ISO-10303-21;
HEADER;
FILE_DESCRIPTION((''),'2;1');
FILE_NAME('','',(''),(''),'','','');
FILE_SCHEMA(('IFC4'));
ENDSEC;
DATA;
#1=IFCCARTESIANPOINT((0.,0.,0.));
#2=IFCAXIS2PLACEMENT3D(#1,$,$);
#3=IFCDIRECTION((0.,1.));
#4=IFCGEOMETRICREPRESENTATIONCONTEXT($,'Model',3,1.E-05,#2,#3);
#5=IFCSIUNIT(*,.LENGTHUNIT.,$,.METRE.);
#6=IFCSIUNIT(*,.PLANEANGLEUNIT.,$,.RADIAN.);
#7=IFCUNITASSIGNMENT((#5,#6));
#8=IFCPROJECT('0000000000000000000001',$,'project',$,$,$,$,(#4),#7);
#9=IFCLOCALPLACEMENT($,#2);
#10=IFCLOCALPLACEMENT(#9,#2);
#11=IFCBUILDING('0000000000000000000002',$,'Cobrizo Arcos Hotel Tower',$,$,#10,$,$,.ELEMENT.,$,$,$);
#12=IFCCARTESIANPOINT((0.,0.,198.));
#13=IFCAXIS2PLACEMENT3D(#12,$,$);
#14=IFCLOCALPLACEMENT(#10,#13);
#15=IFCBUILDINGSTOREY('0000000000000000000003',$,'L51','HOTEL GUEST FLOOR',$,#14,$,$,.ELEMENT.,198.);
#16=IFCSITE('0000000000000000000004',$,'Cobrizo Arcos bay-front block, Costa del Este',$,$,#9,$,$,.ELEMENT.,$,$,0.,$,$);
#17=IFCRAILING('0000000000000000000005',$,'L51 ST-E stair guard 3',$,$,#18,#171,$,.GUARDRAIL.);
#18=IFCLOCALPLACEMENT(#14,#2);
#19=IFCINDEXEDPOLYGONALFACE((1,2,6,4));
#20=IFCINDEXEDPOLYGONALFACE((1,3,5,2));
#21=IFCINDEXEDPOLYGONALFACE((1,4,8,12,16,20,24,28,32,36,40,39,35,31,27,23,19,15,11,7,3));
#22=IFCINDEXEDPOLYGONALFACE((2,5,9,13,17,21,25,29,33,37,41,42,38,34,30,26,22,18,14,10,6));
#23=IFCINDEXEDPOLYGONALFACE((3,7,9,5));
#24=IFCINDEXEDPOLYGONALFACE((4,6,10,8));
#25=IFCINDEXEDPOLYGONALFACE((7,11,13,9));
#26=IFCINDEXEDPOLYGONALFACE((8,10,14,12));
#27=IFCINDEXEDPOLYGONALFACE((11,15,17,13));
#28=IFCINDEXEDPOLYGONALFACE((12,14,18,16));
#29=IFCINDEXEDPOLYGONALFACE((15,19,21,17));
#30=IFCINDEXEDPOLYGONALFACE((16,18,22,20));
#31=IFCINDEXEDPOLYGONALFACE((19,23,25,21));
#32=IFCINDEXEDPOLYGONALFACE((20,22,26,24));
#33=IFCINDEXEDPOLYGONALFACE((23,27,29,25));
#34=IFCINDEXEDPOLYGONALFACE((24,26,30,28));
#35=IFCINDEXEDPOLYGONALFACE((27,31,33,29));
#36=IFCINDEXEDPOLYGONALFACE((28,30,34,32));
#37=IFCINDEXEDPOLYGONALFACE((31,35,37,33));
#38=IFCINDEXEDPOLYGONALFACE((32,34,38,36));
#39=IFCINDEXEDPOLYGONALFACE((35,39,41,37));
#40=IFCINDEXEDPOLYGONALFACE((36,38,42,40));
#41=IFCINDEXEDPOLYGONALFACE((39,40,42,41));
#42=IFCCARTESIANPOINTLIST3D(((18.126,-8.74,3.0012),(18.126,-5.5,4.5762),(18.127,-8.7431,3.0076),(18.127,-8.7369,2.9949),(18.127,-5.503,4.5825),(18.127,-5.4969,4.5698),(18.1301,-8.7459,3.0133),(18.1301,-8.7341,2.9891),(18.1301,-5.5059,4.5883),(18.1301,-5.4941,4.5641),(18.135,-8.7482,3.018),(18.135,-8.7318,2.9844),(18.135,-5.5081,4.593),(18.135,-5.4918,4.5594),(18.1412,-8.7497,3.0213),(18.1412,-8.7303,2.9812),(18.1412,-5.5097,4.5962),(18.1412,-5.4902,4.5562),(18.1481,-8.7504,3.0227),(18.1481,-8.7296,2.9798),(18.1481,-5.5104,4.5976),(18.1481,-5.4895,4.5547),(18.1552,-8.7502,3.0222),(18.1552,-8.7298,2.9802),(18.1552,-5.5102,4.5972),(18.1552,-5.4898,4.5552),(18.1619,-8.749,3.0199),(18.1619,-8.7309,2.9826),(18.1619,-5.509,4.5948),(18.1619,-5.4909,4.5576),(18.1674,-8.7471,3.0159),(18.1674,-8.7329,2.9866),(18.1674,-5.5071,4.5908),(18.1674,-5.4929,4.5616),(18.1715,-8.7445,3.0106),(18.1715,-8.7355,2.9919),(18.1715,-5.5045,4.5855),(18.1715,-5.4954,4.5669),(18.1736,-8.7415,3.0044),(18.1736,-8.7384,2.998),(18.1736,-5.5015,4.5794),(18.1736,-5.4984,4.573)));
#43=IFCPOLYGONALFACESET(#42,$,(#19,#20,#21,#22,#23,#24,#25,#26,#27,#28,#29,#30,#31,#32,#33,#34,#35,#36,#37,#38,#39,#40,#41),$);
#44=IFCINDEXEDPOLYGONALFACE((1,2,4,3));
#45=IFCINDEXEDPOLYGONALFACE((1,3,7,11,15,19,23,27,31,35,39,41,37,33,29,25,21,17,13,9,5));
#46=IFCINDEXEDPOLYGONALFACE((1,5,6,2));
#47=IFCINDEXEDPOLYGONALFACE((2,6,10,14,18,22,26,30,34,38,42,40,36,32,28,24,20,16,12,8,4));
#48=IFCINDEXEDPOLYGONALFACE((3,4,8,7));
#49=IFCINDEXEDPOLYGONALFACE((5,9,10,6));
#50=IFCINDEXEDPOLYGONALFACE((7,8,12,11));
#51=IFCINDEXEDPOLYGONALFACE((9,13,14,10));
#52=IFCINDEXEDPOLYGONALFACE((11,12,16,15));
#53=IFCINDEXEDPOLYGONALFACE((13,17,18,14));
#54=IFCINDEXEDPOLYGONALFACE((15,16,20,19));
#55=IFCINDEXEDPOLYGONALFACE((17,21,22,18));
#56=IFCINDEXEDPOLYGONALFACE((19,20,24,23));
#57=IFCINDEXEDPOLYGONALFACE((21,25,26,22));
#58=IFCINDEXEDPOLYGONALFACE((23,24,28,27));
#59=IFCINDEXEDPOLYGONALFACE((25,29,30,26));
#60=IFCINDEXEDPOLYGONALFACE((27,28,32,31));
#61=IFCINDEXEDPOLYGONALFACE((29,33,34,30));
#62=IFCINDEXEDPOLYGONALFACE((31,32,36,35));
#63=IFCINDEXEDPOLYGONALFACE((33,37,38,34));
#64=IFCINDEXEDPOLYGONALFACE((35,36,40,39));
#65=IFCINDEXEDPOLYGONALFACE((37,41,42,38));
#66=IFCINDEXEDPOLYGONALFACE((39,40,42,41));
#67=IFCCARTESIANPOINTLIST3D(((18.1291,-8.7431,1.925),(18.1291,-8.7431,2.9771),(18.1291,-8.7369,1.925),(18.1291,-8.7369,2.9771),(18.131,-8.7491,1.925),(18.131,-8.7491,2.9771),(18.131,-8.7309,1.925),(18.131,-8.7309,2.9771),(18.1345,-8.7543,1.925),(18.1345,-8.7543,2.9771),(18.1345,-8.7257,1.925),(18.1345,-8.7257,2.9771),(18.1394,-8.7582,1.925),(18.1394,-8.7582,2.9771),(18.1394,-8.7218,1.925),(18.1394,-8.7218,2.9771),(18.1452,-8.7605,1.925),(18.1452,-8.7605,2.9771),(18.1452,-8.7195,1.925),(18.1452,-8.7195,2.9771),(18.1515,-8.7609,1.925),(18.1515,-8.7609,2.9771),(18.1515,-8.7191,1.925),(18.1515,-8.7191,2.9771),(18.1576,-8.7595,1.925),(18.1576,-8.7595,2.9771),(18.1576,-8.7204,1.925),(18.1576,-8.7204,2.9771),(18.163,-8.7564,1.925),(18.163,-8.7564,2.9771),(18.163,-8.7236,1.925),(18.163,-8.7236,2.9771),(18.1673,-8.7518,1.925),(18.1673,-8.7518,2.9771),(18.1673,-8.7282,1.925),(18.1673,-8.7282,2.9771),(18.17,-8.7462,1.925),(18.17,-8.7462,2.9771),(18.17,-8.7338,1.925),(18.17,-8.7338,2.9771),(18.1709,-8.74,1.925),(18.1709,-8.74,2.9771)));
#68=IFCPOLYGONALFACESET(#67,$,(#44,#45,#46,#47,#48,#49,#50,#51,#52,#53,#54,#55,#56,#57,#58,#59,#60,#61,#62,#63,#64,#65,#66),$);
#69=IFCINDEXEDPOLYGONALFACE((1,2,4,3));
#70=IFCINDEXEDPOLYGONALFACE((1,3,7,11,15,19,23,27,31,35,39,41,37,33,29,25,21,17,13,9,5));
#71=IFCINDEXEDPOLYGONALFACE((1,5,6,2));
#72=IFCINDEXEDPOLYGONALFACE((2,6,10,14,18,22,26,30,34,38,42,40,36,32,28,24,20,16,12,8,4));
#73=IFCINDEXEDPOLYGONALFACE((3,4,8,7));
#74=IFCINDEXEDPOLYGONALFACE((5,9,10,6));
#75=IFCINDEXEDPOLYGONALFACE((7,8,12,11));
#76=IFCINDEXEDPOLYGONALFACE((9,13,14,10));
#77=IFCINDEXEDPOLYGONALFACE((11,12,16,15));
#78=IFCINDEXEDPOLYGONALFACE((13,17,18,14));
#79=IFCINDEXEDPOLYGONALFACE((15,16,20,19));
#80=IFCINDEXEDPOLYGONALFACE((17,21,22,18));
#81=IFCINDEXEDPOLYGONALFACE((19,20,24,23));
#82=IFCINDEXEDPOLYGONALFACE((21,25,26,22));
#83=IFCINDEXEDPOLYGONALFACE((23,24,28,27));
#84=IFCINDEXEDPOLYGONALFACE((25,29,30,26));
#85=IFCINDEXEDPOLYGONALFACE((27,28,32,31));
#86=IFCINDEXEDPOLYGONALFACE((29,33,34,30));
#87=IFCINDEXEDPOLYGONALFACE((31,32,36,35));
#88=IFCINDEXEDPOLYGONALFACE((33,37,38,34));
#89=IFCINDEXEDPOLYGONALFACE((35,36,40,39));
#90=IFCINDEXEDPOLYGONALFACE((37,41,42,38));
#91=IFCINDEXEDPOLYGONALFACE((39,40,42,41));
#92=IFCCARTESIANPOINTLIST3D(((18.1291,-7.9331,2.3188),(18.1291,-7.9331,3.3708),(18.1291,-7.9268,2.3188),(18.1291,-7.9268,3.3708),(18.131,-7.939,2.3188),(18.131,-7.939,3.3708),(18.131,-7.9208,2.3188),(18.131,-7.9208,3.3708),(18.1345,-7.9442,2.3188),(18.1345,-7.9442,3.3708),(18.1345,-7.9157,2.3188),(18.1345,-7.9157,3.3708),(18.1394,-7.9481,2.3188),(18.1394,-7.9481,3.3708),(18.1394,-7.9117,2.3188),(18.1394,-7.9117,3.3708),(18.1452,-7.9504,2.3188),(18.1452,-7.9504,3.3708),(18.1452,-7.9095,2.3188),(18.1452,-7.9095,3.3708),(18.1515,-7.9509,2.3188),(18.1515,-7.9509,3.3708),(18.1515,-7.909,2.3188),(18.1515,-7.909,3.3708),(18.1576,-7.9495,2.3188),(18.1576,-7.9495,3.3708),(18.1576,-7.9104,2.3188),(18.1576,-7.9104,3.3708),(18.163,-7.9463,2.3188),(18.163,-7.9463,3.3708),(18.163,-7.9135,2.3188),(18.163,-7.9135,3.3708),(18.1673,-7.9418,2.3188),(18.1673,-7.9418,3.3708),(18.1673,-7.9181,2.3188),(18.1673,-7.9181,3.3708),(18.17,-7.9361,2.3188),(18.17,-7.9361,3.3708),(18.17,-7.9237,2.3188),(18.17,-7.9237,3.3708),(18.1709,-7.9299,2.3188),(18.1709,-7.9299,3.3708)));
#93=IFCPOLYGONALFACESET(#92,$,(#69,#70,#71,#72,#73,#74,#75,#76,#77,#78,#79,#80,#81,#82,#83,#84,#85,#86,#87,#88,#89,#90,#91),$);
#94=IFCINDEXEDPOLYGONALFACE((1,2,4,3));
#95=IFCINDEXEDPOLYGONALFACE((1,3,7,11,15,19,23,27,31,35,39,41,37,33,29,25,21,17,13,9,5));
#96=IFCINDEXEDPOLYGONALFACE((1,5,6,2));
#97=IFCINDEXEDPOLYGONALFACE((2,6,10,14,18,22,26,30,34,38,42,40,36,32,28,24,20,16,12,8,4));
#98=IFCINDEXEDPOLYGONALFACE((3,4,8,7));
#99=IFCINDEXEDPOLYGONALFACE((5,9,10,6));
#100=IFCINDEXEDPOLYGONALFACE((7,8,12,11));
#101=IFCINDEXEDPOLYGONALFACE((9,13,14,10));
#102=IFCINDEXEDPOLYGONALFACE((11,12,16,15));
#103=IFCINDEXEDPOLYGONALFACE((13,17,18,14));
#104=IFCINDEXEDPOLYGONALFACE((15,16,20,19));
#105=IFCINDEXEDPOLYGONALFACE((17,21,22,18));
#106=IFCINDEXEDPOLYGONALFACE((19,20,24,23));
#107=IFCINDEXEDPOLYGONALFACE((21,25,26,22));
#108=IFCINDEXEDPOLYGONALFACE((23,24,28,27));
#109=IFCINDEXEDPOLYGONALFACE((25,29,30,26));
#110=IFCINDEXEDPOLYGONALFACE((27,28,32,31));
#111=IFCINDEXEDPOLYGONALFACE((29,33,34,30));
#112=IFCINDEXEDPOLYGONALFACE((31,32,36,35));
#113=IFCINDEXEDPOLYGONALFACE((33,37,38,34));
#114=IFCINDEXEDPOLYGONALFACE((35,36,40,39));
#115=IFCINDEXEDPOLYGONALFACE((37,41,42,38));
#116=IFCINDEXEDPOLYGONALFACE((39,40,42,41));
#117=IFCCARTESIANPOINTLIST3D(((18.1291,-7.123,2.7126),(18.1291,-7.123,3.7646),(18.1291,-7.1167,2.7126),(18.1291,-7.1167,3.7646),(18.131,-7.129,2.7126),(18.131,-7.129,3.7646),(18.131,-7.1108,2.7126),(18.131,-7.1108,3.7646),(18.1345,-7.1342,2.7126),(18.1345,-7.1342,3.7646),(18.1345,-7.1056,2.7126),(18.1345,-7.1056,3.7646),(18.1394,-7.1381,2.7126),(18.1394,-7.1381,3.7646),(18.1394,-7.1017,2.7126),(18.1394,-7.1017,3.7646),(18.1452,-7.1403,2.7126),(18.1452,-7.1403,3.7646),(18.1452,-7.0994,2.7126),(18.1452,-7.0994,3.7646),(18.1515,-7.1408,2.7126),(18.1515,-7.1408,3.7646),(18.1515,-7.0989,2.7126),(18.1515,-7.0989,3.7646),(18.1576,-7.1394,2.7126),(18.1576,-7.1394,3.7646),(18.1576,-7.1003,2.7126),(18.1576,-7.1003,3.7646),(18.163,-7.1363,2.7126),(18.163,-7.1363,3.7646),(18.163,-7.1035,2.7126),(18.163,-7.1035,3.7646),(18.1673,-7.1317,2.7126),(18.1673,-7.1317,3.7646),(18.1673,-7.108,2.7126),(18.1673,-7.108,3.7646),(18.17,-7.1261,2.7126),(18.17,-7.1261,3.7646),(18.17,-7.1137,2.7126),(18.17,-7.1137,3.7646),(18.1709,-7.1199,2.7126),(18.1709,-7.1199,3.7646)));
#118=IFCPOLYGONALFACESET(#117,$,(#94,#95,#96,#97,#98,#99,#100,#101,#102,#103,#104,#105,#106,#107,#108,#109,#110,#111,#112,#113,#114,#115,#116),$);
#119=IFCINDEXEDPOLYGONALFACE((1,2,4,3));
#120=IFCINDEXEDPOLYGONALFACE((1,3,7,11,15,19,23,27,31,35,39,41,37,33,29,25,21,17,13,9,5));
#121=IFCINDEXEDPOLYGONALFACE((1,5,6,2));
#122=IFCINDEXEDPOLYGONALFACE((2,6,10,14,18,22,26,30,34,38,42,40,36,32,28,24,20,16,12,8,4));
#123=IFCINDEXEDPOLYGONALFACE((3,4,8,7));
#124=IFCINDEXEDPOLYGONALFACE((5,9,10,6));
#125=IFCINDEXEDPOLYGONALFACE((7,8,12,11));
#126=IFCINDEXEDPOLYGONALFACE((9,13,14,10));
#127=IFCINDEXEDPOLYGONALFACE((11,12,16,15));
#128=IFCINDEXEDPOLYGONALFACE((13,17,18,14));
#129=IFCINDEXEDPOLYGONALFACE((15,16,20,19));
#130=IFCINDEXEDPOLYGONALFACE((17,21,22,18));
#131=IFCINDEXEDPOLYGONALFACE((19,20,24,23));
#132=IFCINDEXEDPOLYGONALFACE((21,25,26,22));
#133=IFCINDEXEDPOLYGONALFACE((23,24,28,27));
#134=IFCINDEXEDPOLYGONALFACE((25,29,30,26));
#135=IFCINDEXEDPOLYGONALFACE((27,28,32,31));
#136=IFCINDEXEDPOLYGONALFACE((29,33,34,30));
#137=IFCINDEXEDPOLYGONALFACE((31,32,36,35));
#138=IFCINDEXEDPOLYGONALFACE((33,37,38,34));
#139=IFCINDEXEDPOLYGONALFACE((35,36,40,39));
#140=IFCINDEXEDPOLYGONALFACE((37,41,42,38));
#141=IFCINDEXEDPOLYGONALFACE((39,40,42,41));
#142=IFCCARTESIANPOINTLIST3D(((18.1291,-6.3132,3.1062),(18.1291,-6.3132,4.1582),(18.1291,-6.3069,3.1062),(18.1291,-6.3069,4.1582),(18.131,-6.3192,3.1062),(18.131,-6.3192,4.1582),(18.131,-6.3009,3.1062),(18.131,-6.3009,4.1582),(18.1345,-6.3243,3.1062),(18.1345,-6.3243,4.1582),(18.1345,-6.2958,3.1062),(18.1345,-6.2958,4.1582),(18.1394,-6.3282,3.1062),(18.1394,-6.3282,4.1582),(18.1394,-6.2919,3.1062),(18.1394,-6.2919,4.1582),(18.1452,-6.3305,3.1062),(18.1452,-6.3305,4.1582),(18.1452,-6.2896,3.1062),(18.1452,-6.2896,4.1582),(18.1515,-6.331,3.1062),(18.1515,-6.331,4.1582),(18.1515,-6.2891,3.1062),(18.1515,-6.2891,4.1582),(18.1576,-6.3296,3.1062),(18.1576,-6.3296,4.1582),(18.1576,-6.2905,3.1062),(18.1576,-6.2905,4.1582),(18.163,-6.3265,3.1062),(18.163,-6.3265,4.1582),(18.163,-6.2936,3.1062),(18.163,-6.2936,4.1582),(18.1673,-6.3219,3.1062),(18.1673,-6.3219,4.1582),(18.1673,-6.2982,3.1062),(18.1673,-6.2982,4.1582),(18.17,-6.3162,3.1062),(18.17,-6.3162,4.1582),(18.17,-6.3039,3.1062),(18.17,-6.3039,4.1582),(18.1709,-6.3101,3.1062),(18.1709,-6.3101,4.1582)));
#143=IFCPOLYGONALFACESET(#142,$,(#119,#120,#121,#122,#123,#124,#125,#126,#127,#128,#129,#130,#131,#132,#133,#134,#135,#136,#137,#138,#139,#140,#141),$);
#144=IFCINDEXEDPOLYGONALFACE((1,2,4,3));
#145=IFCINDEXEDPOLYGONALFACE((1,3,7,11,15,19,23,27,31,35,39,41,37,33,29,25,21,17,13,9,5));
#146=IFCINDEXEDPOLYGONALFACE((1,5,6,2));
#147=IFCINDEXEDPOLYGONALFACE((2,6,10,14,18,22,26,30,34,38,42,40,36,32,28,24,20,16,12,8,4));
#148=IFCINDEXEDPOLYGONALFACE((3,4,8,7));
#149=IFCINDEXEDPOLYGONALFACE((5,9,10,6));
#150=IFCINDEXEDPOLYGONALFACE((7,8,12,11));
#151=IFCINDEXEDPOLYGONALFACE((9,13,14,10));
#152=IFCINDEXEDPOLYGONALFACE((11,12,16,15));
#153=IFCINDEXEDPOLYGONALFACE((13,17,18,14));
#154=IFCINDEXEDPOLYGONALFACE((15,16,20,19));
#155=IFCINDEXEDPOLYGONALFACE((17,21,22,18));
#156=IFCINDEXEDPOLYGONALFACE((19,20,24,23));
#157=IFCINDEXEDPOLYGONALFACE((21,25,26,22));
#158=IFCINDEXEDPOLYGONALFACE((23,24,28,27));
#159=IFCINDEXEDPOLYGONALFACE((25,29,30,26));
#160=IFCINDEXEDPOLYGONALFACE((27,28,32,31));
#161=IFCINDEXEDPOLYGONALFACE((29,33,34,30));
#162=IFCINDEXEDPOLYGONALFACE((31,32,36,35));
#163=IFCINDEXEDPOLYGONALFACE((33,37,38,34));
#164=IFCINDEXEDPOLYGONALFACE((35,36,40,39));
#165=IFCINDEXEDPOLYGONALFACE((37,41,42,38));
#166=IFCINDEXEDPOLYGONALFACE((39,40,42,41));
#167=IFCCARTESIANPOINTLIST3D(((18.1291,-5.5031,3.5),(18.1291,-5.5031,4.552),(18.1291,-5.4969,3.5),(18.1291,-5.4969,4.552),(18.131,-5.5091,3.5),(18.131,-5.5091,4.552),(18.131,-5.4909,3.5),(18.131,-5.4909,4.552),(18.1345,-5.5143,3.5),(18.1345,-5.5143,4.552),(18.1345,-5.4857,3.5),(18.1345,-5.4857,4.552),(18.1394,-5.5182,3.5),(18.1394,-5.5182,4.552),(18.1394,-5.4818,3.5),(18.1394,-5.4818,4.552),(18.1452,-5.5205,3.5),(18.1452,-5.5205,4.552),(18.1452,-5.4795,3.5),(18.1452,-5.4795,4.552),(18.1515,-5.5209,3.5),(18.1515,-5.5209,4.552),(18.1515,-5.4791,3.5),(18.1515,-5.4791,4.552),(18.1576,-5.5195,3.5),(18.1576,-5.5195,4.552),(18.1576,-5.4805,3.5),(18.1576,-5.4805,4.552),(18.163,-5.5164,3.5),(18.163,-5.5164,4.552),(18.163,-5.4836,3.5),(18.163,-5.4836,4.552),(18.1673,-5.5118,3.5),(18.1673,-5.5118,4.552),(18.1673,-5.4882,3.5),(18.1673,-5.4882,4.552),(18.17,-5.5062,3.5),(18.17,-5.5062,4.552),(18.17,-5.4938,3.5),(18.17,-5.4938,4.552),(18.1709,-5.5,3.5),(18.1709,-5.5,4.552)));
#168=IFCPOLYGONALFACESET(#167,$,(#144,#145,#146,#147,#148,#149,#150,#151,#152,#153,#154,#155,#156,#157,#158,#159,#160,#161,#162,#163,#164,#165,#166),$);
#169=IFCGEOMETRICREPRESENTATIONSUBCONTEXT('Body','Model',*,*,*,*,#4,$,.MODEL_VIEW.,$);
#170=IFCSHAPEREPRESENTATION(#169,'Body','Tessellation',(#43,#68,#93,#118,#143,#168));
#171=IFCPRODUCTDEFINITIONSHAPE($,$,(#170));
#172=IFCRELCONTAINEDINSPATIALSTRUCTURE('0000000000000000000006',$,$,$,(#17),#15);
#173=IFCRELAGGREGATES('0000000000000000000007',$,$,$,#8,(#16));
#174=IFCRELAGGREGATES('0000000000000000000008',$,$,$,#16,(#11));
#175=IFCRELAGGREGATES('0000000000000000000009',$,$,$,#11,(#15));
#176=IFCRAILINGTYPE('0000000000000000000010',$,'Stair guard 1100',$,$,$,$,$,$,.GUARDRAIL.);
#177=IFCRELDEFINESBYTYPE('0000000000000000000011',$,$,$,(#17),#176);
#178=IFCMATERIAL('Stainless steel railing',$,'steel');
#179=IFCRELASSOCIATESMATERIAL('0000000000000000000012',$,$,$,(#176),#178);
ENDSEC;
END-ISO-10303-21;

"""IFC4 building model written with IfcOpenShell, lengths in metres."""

from ifc_helpers import new_model, si_unit, direction, frame, origin, origin_2d, place, context, subcontext, project, spatial, circle, extrude, material, type_object, element, save


model = new_model("IFC4")

# Units and contexts
model_context = context("Model", 3, precision=1e-05, world=origin(), true_north=direction((0.0, 1.0)))
body_context = subcontext(model_context, "Body", "Model", "MODEL_VIEW")
ifc_project = project(units=[si_unit("LENGTHUNIT", "METRE"), si_unit("PLANEANGLEUNIT", "RADIAN")], contexts=[model_context])

# Site, building, storey
site_placement = place(None, origin())
site = spatial("IfcSite", under=ifc_project, at=site_placement, Name="Cobrizo Arcos bay-front block, Costa del Este", CompositionType="ELEMENT", RefElevation=0.0)
building_placement = place(site_placement, origin())
building = spatial("IfcBuilding", under=site, at=building_placement, Name="Cobrizo Arcos Hotel Tower", CompositionType="ELEMENT")
storey_placement = place(building_placement, frame((0.0, 0.0, 198.0)))
storey = spatial("IfcBuildingStorey", under=building, at=storey_placement, Name="L51", Description="HOTEL GUEST FLOOR", CompositionType="ELEMENT", Elevation=198.0)

# Railing
ifc_material_1 = material(Name="Stainless steel railing", Category="steel")
railing_type = type_object("IfcRailingType", Name="Stair guard 1100", PredefinedType="GUARDRAIL", material=ifc_material_1)
railing_1_placement = place(storey_placement, frame((18.1499, -8.74, 1.925)))
element("IfcRailing", 1, at=railing_1_placement, inside=storey, type_object=railing_type, Name="L51 ST-E stair guard 3", PredefinedType="GUARDRAIL", context=body_context, shape_type="SweptSolid", body=[
    extrude(circle(Radius=0.0239, at=origin_2d()), frame((0.0, 0.0, 1.0762), z_axis=(0.0, 0.899373, 0.437183), x_axis=(-1.0, 0.0, 0.0)), (0.0, 0.0, 1.0), 3.6025),
    extrude(circle(Radius=0.021, at=origin_2d()), origin(), (0.0, 0.0, 1.0), 1.052),
    extrude(circle(Radius=0.021, at=origin_2d()), frame((0.0, 0.8101, 0.3938)), (0.0, 0.0, 1.0), 1.052),
    extrude(circle(Radius=0.021, at=origin_2d()), frame((0.0, 1.6201, 0.7876)), (0.0, 0.0, 1.0), 1.052),
    extrude(circle(Radius=0.021, at=origin_2d()), frame((0.0, 2.4299, 1.1812)), (0.0, 0.0, 1.0), 1.052),
    extrude(circle(Radius=0.021, at=origin_2d()), frame((0.0, 3.24, 1.575)), (0.0, 0.0, 1.0), 1.052),
])

save(model, "model.ifc")
